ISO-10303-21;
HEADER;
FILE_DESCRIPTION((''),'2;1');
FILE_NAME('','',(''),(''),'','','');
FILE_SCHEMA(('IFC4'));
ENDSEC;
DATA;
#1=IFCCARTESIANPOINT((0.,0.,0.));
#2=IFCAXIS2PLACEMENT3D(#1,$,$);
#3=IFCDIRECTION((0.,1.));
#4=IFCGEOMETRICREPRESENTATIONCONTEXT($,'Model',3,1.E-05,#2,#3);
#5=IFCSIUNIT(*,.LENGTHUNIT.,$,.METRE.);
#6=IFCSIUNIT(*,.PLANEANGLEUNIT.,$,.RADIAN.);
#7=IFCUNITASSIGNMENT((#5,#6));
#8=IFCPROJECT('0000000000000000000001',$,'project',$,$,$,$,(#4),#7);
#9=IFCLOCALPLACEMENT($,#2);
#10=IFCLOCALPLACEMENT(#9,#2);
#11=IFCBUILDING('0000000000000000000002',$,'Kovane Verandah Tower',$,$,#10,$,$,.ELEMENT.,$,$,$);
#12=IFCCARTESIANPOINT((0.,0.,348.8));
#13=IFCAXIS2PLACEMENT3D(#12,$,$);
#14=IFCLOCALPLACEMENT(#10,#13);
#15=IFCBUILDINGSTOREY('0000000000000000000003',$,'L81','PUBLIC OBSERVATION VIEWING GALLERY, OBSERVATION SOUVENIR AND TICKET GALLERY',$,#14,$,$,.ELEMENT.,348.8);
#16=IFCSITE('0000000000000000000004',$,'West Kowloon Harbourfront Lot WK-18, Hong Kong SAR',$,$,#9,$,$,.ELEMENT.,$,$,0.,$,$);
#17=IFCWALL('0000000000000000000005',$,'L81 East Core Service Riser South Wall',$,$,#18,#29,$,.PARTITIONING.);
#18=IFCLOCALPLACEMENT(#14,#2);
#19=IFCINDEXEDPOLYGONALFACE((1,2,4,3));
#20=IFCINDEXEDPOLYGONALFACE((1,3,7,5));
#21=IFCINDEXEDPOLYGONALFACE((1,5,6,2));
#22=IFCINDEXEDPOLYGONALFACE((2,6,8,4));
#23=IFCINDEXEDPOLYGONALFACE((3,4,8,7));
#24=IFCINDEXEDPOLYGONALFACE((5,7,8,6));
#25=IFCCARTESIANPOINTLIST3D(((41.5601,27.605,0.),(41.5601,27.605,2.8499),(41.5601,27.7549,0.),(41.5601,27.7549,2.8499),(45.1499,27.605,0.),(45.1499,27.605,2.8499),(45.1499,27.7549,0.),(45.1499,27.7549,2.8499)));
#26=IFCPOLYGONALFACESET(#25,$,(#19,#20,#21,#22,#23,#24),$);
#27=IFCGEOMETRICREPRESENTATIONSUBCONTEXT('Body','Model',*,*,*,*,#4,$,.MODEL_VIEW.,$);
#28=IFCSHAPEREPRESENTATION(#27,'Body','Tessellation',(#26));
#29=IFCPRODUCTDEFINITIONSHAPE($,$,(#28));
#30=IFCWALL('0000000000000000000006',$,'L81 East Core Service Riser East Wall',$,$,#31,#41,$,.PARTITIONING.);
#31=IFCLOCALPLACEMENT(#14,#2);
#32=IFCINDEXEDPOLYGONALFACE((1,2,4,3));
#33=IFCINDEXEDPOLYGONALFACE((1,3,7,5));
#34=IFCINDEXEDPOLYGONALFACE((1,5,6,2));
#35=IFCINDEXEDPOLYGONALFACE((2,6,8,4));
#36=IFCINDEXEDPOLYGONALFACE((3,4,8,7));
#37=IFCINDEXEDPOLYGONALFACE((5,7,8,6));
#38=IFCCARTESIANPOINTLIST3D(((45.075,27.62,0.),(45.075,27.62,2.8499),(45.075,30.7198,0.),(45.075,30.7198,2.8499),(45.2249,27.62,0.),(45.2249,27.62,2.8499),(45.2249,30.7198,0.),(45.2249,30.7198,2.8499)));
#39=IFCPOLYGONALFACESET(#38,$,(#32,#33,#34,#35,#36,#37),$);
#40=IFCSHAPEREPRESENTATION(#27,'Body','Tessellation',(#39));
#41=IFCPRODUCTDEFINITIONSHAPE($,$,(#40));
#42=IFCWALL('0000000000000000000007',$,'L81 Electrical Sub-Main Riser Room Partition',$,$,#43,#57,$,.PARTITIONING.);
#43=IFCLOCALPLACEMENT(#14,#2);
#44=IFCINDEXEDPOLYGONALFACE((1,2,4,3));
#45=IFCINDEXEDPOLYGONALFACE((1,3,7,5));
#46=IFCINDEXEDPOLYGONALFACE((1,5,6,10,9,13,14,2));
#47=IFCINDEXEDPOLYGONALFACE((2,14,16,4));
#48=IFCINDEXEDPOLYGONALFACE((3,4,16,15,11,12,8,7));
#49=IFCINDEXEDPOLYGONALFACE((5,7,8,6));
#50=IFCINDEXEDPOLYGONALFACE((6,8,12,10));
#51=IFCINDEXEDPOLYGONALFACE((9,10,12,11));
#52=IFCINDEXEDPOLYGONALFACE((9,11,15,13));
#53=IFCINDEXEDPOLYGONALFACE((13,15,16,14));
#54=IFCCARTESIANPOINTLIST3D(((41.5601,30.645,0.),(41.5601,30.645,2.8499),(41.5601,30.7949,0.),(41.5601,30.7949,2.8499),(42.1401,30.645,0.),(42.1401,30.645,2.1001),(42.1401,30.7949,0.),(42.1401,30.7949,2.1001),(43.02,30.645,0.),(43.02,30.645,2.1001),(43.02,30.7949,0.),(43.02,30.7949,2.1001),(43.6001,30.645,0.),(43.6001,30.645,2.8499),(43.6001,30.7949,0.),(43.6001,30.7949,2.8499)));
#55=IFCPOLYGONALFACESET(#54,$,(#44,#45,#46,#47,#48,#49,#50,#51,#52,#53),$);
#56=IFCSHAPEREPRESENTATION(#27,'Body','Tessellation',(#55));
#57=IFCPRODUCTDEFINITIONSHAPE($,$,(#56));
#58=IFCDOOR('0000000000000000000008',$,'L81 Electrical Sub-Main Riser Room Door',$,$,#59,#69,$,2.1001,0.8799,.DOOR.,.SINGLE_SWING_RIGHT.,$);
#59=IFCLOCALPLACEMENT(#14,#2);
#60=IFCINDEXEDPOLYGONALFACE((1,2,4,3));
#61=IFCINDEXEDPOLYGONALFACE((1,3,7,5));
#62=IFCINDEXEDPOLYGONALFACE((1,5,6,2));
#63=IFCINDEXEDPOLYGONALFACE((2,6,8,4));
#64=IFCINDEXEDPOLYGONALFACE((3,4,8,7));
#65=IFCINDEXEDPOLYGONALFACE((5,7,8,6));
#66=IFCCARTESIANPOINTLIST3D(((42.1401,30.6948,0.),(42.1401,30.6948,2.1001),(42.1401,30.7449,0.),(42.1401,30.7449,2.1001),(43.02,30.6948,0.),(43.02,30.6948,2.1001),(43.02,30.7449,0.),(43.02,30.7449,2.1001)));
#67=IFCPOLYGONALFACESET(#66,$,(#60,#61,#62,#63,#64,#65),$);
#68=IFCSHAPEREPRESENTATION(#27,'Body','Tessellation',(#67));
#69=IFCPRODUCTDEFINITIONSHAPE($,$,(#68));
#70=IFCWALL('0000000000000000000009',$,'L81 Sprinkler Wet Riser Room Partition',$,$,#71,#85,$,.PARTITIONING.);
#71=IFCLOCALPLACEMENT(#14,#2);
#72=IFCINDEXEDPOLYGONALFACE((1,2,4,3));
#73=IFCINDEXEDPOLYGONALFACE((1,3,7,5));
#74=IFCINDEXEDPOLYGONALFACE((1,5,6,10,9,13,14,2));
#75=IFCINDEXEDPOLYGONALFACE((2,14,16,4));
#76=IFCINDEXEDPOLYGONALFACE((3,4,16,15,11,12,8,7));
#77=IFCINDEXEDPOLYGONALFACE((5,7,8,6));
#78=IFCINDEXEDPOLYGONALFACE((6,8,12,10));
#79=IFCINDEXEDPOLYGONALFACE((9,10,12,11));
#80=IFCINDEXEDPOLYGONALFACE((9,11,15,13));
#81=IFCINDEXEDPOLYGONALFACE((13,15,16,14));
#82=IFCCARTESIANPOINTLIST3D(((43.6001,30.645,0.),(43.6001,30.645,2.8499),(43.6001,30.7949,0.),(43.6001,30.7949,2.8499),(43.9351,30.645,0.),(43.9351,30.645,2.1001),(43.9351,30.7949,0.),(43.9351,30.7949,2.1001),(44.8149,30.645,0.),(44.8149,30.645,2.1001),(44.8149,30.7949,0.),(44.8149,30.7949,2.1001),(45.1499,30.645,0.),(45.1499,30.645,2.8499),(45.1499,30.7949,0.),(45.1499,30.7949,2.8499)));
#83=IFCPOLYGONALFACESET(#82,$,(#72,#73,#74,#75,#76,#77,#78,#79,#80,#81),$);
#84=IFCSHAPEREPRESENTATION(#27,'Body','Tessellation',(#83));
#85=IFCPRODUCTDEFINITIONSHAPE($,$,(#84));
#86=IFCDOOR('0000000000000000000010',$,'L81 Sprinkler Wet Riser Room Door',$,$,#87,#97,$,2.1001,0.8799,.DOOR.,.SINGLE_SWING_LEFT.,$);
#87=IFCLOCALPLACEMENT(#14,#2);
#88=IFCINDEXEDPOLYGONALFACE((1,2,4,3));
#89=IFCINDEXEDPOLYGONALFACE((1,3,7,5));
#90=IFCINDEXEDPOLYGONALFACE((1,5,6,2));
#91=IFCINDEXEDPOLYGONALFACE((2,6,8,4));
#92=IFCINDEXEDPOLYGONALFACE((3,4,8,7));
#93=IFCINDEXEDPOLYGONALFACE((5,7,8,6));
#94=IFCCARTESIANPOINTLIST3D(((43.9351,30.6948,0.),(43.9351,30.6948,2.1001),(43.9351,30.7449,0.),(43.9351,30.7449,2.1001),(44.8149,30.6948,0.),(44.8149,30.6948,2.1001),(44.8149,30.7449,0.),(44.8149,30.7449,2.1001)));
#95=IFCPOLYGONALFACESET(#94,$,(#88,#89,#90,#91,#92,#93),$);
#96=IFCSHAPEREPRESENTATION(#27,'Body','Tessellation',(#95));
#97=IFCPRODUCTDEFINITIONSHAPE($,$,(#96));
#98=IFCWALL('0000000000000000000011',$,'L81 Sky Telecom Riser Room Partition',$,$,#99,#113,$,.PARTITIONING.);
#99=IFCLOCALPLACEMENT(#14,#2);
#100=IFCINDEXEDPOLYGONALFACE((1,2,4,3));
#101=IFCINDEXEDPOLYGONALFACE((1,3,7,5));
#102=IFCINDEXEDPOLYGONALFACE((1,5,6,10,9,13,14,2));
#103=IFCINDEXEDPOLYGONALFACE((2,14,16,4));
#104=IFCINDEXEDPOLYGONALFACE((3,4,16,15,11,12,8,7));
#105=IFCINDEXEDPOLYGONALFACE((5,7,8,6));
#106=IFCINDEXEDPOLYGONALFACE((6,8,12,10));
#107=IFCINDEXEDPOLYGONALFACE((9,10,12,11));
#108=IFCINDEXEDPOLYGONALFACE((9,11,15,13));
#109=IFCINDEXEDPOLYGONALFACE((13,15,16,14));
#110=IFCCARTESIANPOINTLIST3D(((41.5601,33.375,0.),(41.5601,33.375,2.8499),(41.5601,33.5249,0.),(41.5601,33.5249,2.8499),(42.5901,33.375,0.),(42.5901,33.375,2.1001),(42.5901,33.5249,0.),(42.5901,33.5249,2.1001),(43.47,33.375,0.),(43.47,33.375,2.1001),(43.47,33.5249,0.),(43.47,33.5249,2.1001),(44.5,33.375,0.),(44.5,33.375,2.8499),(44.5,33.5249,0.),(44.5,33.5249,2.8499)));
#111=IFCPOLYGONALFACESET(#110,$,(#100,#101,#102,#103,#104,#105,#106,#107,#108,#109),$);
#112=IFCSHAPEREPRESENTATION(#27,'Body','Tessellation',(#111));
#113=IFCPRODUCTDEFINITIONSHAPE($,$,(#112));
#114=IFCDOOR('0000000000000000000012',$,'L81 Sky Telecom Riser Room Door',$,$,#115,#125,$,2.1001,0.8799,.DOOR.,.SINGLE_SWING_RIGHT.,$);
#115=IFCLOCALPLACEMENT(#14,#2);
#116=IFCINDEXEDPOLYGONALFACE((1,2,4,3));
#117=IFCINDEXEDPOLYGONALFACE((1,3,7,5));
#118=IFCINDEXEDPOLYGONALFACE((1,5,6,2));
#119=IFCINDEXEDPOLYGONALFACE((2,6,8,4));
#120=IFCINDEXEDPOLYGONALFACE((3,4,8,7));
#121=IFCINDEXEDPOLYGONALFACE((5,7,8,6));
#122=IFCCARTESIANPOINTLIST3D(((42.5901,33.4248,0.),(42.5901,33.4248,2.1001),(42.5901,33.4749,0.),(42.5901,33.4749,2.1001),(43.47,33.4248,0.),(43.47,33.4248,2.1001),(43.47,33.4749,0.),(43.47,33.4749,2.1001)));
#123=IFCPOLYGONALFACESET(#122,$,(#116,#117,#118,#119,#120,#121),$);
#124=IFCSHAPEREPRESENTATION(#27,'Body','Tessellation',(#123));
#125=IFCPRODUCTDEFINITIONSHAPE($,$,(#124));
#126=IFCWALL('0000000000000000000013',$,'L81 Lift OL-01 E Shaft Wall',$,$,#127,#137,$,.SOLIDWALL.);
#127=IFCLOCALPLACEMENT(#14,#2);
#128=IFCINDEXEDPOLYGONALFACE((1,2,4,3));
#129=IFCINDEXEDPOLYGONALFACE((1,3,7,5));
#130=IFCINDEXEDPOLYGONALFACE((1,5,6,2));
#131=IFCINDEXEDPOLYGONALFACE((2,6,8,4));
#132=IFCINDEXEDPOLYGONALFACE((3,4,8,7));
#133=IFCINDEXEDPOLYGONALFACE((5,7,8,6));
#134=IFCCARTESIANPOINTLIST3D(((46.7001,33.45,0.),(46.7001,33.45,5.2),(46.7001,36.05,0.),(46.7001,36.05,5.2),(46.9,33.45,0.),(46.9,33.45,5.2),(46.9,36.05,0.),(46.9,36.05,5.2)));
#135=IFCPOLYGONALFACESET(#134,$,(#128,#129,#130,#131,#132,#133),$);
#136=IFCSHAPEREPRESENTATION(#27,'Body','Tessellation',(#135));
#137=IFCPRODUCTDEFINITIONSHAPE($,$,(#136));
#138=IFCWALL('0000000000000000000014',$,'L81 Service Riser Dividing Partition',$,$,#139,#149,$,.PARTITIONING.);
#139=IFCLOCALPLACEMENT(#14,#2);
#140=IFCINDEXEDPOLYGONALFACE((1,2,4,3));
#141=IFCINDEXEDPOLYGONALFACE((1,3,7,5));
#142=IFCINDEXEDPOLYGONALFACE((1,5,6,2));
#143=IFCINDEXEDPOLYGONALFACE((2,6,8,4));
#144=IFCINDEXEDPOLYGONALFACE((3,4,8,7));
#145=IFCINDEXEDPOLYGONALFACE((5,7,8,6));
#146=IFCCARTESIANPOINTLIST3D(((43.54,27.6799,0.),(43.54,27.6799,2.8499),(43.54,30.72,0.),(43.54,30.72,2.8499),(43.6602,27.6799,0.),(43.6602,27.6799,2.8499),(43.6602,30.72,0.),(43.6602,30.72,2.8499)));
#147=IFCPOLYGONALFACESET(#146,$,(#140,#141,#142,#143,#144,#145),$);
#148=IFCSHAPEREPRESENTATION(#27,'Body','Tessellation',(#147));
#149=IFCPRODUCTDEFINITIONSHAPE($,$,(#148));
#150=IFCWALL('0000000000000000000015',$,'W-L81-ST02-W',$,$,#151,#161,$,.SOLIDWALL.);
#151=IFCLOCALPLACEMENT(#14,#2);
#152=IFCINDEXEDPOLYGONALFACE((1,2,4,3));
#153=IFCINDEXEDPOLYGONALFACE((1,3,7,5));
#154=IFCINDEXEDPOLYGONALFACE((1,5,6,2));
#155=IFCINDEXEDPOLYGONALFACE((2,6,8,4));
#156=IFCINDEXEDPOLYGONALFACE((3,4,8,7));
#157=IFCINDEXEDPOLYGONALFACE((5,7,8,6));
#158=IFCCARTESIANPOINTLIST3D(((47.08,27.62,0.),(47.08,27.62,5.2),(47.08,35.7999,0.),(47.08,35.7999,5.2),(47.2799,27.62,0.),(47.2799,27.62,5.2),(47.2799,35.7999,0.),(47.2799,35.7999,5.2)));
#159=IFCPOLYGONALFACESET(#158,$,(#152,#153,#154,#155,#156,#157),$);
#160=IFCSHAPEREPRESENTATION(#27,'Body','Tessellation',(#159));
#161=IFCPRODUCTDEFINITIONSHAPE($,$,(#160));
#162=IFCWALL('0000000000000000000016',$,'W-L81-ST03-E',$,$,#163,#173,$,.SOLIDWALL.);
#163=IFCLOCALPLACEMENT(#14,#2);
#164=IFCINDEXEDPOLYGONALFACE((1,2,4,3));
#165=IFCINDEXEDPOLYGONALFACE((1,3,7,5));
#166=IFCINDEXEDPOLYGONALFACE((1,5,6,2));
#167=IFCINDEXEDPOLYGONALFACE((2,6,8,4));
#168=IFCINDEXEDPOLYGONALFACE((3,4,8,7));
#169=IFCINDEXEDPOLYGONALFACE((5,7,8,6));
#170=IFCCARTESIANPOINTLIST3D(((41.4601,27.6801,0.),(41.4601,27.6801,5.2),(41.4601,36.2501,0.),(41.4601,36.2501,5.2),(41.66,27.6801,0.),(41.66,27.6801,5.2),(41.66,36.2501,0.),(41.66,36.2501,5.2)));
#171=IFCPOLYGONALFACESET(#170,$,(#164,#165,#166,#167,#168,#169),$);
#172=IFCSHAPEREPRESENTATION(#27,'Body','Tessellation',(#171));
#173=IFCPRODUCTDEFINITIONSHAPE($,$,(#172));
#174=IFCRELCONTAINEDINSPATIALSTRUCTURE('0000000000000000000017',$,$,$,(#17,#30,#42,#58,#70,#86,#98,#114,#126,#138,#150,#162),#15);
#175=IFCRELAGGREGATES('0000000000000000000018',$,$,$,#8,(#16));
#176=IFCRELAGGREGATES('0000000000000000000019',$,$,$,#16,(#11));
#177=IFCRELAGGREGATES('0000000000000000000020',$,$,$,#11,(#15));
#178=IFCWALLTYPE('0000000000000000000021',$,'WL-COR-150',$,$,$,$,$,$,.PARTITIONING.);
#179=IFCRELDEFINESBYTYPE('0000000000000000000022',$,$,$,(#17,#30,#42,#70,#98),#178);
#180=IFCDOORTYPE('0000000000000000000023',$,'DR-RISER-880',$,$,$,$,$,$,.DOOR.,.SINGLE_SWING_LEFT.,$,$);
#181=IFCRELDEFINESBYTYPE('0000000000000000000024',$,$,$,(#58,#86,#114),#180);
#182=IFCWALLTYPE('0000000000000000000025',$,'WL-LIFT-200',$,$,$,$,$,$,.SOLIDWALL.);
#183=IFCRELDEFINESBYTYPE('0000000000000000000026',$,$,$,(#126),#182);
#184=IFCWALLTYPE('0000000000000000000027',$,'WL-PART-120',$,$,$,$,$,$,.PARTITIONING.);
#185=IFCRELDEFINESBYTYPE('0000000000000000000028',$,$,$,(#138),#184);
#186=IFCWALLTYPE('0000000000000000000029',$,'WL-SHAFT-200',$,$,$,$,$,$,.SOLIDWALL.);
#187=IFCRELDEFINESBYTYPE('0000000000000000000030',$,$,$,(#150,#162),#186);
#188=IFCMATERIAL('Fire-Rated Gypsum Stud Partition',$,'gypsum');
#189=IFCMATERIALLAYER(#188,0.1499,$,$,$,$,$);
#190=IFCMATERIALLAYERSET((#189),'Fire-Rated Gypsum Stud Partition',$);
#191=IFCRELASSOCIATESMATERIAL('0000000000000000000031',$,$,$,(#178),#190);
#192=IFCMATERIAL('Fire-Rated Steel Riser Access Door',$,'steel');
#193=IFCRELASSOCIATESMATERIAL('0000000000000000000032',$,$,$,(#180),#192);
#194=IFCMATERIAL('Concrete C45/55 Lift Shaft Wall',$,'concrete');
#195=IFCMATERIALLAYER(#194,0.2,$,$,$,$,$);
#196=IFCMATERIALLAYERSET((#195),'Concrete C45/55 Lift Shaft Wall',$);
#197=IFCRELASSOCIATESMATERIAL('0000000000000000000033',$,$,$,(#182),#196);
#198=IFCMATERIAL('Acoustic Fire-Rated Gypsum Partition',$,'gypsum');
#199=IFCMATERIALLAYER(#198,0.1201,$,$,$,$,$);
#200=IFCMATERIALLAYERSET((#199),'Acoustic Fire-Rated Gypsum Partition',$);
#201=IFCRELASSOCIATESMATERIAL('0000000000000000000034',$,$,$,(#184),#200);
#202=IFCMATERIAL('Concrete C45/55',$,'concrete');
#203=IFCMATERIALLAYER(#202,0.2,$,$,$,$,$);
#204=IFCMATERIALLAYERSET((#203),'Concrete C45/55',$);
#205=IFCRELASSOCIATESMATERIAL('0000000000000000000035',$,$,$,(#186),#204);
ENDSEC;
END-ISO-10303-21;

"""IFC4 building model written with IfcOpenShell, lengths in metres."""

from ifc_helpers import new_model, si_unit, direction, frame, frame_2d, origin, place, context, subcontext, project, spatial, rectangle, extrude, material, layer, layer_set, type_object, element, fill, save


model = new_model("IFC4")

# Units and contexts
model_context = context("Model", 3, precision=1e-05, world=origin(), true_north=direction((0.0, 1.0)))
body_context = subcontext(model_context, "Body", "Model", "MODEL_VIEW")
ifc_project = project(units=[si_unit("LENGTHUNIT", "METRE"), si_unit("PLANEANGLEUNIT", "RADIAN")], contexts=[model_context])

# Site, building, storey
site_placement = place(None, origin())
site = spatial("IfcSite", under=ifc_project, at=site_placement, Name="West Kowloon Harbourfront Lot WK-18, Hong Kong SAR", CompositionType="ELEMENT", RefElevation=0.0)
building_placement = place(site_placement, origin())
building = spatial("IfcBuilding", under=site, at=building_placement, Name="Kovane Verandah Tower", CompositionType="ELEMENT")
storey_placement = place(building_placement, frame((0.0, 0.0, 348.8)))
storey = spatial("IfcBuildingStorey", under=building, at=storey_placement, Name="L81", Description="PUBLIC OBSERVATION VIEWING GALLERY, OBSERVATION SOUVENIR AND TICKET GALLERY", CompositionType="ELEMENT", Elevation=348.8)

# Walls
ifc_material_1 = material(Name="Fire-Rated Gypsum Stud Partition", Category="gypsum")
ifc_layer_1 = layer(ifc_material_1, 0.1499)
ifc_layer_set_1 = layer_set([ifc_layer_1], Name="Fire-Rated Gypsum Stud Partition")
wall_type_1 = type_object("IfcWallType", Name="WL-COR-150", PredefinedType="PARTITIONING", material=ifc_layer_set_1)
wall_1_placement = place(storey_placement, frame((41.5601, 27.6799, 0.0), z_axis=(0.0, 0.0, 1.0), x_axis=(1.0, 0.0, 0.0)))
element("IfcWall", 1, at=wall_1_placement, inside=storey, type_object=wall_type_1, Name="L81 East Core Service Riser South Wall", PredefinedType="PARTITIONING", context=body_context, shape_type="SweptSolid", body=[
    extrude(rectangle(XDim=3.5898, YDim=0.1499, at=frame_2d((1.7949, 0.0))), origin(), (0.0, 0.0, 1.0), 2.8499),
])
wall_2_placement = place(storey_placement, frame((45.1499, 27.6201, 0.0), z_axis=(0.0, 0.0, 1.0), x_axis=(0.0, 1.0, 0.0)))
element("IfcWall", 2, at=wall_2_placement, inside=storey, type_object=wall_type_1, Name="L81 East Core Service Riser East Wall", PredefinedType="PARTITIONING", context=body_context, shape_type="SweptSolid", body=[
    extrude(rectangle(XDim=3.0999, YDim=0.1499, at=frame_2d((1.5498, 0.0))), origin(), (0.0, 0.0, 1.0), 2.8499),
])

# Walls, openings, doors
wall_3_placement = place(storey_placement, frame((41.5601, 30.72, 0.0), z_axis=(0.0, 0.0, 1.0), x_axis=(1.0, 0.0, 0.0)))
wall_3 = element("IfcWall", 3, at=wall_3_placement, inside=storey, type_object=wall_type_1, Name="L81 Electrical Sub-Main Riser Room Partition", PredefinedType="PARTITIONING", context=body_context, shape_type="SweptSolid", body=[
    extrude(rectangle(XDim=2.04, YDim=0.1499, at=frame_2d((1.02, 0.0))), origin(), (0.0, 0.0, 1.0), 2.8499),
])
opening_1_placement = place(wall_3_placement, frame((0.5801, 0.0, 0.0)))
opening_1 = element("IfcOpeningElement", 4, at=opening_1_placement, cuts=wall_3, PredefinedType="OPENING", context=body_context, shape_type="SweptSolid", body=[
    extrude(rectangle(XDim=0.8799, YDim=2.1001, at=frame_2d((0.4399, 1.05))), frame((0.0, 0.075, 0.0), z_axis=(0.0, -1.0, 0.0), x_axis=(1.0, 0.0, 0.0)), (0.0, 0.0, 1.0), 0.1499),
])
ifc_material_2 = material(Name="Fire-Rated Steel Riser Access Door", Category="steel")
door_type_1 = type_object("IfcDoorType", Name="DR-RISER-880", OperationType="SINGLE_SWING_LEFT", PredefinedType="DOOR", material=ifc_material_2)
door_1_placement = place(opening_1_placement, origin())
door_1 = element("IfcDoor", 5, at=door_1_placement, inside=storey, type_object=door_type_1, Name="L81 Electrical Sub-Main Riser Room Door", OperationType="SINGLE_SWING_RIGHT", OverallHeight=2.1001, OverallWidth=0.8799, PredefinedType="DOOR", context=body_context, shape_type="SweptSolid", body=[
    extrude(rectangle(XDim=0.8799, YDim=2.1001, at=frame_2d((0.4399, 1.05))), frame((0.0, 0.0249, 0.0), z_axis=(0.0, -1.0, 0.0), x_axis=(1.0, 0.0, 0.0)), (0.0, 0.0, 1.0), 0.05),
])
fill(opening_1, door_1)
wall_4_placement = place(storey_placement, frame((43.6001, 30.72, 0.0), z_axis=(0.0, 0.0, 1.0), x_axis=(1.0, 0.0, 0.0)))
wall_4 = element("IfcWall", 6, at=wall_4_placement, inside=storey, type_object=wall_type_1, Name="L81 Sprinkler Wet Riser Room Partition", PredefinedType="PARTITIONING", context=body_context, shape_type="SweptSolid", body=[
    extrude(rectangle(XDim=1.5498, YDim=0.1499, at=frame_2d((0.7749, 0.0))), origin(), (0.0, 0.0, 1.0), 2.8499),
])
opening_2_placement = place(wall_4_placement, frame((0.335, 0.0, 0.0)))
opening_2 = element("IfcOpeningElement", 7, at=opening_2_placement, cuts=wall_4, PredefinedType="OPENING", context=body_context, shape_type="SweptSolid", body=[
    extrude(rectangle(XDim=0.8799, YDim=2.1001, at=frame_2d((0.4399, 1.05))), frame((0.0, 0.075, 0.0), z_axis=(0.0, -1.0, 0.0), x_axis=(1.0, 0.0, 0.0)), (0.0, 0.0, 1.0), 0.1499),
])
door_2_placement = place(opening_2_placement, origin())
door_2 = element("IfcDoor", 8, at=door_2_placement, inside=storey, type_object=door_type_1, Name="L81 Sprinkler Wet Riser Room Door", OperationType="SINGLE_SWING_LEFT", OverallHeight=2.1001, OverallWidth=0.8799, PredefinedType="DOOR", context=body_context, shape_type="SweptSolid", body=[
    extrude(rectangle(XDim=0.8799, YDim=2.1001, at=frame_2d((0.4399, 1.05))), frame((0.0, 0.0249, 0.0), z_axis=(0.0, -1.0, 0.0), x_axis=(1.0, 0.0, 0.0)), (0.0, 0.0, 1.0), 0.05),
])
fill(opening_2, door_2)
wall_5_placement = place(storey_placement, frame((41.5601, 33.45, 0.0), z_axis=(0.0, 0.0, 1.0), x_axis=(1.0, 0.0, 0.0)))
wall_5 = element("IfcWall", 9, at=wall_5_placement, inside=storey, type_object=wall_type_1, Name="L81 Sky Telecom Riser Room Partition", PredefinedType="PARTITIONING", context=body_context, shape_type="SweptSolid", body=[
    extrude(rectangle(XDim=2.9399, YDim=0.1499, at=frame_2d((1.47, 0.0))), origin(), (0.0, 0.0, 1.0), 2.8499),
])
opening_3_placement = place(wall_5_placement, frame((1.03, 0.0, 0.0)))
opening_3 = element("IfcOpeningElement", 10, at=opening_3_placement, cuts=wall_5, PredefinedType="OPENING", context=body_context, shape_type="SweptSolid", body=[
    extrude(rectangle(XDim=0.8799, YDim=2.1001, at=frame_2d((0.4399, 1.05))), frame((0.0, 0.075, 0.0), z_axis=(0.0, -1.0, 0.0), x_axis=(1.0, 0.0, 0.0)), (0.0, 0.0, 1.0), 0.1499),
])
door_3_placement = place(opening_3_placement, origin())
door_3 = element("IfcDoor", 11, at=door_3_placement, inside=storey, type_object=door_type_1, Name="L81 Sky Telecom Riser Room Door", OperationType="SINGLE_SWING_RIGHT", OverallHeight=2.1001, OverallWidth=0.8799, PredefinedType="DOOR", context=body_context, shape_type="SweptSolid", body=[
    extrude(rectangle(XDim=0.8799, YDim=2.1001, at=frame_2d((0.4399, 1.05))), frame((0.0, 0.0249, 0.0), z_axis=(0.0, -1.0, 0.0), x_axis=(1.0, 0.0, 0.0)), (0.0, 0.0, 1.0), 0.05),
])
fill(opening_3, door_3)
ifc_material_3 = material(Name="Concrete C45/55 Lift Shaft Wall", Category="concrete")
ifc_layer_2 = layer(ifc_material_3, 0.2)
ifc_layer_set_2 = layer_set([ifc_layer_2], Name="Concrete C45/55 Lift Shaft Wall")
wall_type_2 = type_object("IfcWallType", Name="WL-LIFT-200", PredefinedType="SOLIDWALL", material=ifc_layer_set_2)

# Walls
wall_6_placement = place(storey_placement, frame((46.8, 33.45, 0.0), z_axis=(0.0, 0.0, 1.0), x_axis=(0.0, 1.0, 0.0)))
element("IfcWall", 12, at=wall_6_placement, inside=storey, type_object=wall_type_2, Name="L81 Lift OL-01 E Shaft Wall", PredefinedType="SOLIDWALL", context=body_context, shape_type="SweptSolid", body=[
    extrude(rectangle(XDim=2.6001, YDim=0.2, at=frame_2d((1.3, 0.0))), origin(), (0.0, 0.0, 1.0), 5.2),
])
ifc_material_4 = material(Name="Acoustic Fire-Rated Gypsum Partition", Category="gypsum")
ifc_layer_3 = layer(ifc_material_4, 0.1201)
ifc_layer_set_3 = layer_set([ifc_layer_3], Name="Acoustic Fire-Rated Gypsum Partition")
wall_type_3 = type_object("IfcWallType", Name="WL-PART-120", PredefinedType="PARTITIONING", material=ifc_layer_set_3)
wall_7_placement = place(storey_placement, frame((43.6001, 27.6799, 0.0), z_axis=(0.0, 0.0, 1.0), x_axis=(0.0, 1.0, 0.0)))
element("IfcWall", 13, at=wall_7_placement, inside=storey, type_object=wall_type_3, Name="L81 Service Riser Dividing Partition", PredefinedType="PARTITIONING", context=body_context, shape_type="SweptSolid", body=[
    extrude(rectangle(XDim=3.04, YDim=0.1201, at=frame_2d((1.52, 0.0))), origin(), (0.0, 0.0, 1.0), 2.8499),
])
ifc_material_5 = material(Name="Concrete C45/55", Category="concrete")
ifc_layer_4 = layer(ifc_material_5, 0.2)
ifc_layer_set_4 = layer_set([ifc_layer_4], Name="Concrete C45/55")
wall_type_4 = type_object("IfcWallType", Name="WL-SHAFT-200", PredefinedType="SOLIDWALL", material=ifc_layer_set_4)
wall_8_placement = place(storey_placement, frame((47.1799, 27.6201, 0.0), z_axis=(0.0, 0.0, 1.0), x_axis=(0.0, 1.0, 0.0)))
element("IfcWall", 14, at=wall_8_placement, inside=storey, type_object=wall_type_4, Name="W-L81-ST02-W", PredefinedType="SOLIDWALL", context=body_context, shape_type="SweptSolid", body=[
    extrude(rectangle(XDim=8.1799, YDim=0.2, at=frame_2d((4.0898, 0.0))), origin(), (0.0, 0.0, 1.0), 5.2),
])

# Wall
wall_9_placement = place(storey_placement, frame((41.5601, 27.6799, 0.0), z_axis=(0.0, 0.0, 1.0), x_axis=(0.0, 1.0, 0.0)))
element("IfcWall", 15, at=wall_9_placement, inside=storey, type_object=wall_type_4, Name="W-L81-ST03-E", PredefinedType="SOLIDWALL", context=body_context, shape_type="SweptSolid", body=[
    extrude(rectangle(XDim=8.5701, YDim=0.2, at=frame_2d((4.2852, 0.0))), origin(), (0.0, 0.0, 1.0), 5.2),
])

save(model, "model.ifc")
